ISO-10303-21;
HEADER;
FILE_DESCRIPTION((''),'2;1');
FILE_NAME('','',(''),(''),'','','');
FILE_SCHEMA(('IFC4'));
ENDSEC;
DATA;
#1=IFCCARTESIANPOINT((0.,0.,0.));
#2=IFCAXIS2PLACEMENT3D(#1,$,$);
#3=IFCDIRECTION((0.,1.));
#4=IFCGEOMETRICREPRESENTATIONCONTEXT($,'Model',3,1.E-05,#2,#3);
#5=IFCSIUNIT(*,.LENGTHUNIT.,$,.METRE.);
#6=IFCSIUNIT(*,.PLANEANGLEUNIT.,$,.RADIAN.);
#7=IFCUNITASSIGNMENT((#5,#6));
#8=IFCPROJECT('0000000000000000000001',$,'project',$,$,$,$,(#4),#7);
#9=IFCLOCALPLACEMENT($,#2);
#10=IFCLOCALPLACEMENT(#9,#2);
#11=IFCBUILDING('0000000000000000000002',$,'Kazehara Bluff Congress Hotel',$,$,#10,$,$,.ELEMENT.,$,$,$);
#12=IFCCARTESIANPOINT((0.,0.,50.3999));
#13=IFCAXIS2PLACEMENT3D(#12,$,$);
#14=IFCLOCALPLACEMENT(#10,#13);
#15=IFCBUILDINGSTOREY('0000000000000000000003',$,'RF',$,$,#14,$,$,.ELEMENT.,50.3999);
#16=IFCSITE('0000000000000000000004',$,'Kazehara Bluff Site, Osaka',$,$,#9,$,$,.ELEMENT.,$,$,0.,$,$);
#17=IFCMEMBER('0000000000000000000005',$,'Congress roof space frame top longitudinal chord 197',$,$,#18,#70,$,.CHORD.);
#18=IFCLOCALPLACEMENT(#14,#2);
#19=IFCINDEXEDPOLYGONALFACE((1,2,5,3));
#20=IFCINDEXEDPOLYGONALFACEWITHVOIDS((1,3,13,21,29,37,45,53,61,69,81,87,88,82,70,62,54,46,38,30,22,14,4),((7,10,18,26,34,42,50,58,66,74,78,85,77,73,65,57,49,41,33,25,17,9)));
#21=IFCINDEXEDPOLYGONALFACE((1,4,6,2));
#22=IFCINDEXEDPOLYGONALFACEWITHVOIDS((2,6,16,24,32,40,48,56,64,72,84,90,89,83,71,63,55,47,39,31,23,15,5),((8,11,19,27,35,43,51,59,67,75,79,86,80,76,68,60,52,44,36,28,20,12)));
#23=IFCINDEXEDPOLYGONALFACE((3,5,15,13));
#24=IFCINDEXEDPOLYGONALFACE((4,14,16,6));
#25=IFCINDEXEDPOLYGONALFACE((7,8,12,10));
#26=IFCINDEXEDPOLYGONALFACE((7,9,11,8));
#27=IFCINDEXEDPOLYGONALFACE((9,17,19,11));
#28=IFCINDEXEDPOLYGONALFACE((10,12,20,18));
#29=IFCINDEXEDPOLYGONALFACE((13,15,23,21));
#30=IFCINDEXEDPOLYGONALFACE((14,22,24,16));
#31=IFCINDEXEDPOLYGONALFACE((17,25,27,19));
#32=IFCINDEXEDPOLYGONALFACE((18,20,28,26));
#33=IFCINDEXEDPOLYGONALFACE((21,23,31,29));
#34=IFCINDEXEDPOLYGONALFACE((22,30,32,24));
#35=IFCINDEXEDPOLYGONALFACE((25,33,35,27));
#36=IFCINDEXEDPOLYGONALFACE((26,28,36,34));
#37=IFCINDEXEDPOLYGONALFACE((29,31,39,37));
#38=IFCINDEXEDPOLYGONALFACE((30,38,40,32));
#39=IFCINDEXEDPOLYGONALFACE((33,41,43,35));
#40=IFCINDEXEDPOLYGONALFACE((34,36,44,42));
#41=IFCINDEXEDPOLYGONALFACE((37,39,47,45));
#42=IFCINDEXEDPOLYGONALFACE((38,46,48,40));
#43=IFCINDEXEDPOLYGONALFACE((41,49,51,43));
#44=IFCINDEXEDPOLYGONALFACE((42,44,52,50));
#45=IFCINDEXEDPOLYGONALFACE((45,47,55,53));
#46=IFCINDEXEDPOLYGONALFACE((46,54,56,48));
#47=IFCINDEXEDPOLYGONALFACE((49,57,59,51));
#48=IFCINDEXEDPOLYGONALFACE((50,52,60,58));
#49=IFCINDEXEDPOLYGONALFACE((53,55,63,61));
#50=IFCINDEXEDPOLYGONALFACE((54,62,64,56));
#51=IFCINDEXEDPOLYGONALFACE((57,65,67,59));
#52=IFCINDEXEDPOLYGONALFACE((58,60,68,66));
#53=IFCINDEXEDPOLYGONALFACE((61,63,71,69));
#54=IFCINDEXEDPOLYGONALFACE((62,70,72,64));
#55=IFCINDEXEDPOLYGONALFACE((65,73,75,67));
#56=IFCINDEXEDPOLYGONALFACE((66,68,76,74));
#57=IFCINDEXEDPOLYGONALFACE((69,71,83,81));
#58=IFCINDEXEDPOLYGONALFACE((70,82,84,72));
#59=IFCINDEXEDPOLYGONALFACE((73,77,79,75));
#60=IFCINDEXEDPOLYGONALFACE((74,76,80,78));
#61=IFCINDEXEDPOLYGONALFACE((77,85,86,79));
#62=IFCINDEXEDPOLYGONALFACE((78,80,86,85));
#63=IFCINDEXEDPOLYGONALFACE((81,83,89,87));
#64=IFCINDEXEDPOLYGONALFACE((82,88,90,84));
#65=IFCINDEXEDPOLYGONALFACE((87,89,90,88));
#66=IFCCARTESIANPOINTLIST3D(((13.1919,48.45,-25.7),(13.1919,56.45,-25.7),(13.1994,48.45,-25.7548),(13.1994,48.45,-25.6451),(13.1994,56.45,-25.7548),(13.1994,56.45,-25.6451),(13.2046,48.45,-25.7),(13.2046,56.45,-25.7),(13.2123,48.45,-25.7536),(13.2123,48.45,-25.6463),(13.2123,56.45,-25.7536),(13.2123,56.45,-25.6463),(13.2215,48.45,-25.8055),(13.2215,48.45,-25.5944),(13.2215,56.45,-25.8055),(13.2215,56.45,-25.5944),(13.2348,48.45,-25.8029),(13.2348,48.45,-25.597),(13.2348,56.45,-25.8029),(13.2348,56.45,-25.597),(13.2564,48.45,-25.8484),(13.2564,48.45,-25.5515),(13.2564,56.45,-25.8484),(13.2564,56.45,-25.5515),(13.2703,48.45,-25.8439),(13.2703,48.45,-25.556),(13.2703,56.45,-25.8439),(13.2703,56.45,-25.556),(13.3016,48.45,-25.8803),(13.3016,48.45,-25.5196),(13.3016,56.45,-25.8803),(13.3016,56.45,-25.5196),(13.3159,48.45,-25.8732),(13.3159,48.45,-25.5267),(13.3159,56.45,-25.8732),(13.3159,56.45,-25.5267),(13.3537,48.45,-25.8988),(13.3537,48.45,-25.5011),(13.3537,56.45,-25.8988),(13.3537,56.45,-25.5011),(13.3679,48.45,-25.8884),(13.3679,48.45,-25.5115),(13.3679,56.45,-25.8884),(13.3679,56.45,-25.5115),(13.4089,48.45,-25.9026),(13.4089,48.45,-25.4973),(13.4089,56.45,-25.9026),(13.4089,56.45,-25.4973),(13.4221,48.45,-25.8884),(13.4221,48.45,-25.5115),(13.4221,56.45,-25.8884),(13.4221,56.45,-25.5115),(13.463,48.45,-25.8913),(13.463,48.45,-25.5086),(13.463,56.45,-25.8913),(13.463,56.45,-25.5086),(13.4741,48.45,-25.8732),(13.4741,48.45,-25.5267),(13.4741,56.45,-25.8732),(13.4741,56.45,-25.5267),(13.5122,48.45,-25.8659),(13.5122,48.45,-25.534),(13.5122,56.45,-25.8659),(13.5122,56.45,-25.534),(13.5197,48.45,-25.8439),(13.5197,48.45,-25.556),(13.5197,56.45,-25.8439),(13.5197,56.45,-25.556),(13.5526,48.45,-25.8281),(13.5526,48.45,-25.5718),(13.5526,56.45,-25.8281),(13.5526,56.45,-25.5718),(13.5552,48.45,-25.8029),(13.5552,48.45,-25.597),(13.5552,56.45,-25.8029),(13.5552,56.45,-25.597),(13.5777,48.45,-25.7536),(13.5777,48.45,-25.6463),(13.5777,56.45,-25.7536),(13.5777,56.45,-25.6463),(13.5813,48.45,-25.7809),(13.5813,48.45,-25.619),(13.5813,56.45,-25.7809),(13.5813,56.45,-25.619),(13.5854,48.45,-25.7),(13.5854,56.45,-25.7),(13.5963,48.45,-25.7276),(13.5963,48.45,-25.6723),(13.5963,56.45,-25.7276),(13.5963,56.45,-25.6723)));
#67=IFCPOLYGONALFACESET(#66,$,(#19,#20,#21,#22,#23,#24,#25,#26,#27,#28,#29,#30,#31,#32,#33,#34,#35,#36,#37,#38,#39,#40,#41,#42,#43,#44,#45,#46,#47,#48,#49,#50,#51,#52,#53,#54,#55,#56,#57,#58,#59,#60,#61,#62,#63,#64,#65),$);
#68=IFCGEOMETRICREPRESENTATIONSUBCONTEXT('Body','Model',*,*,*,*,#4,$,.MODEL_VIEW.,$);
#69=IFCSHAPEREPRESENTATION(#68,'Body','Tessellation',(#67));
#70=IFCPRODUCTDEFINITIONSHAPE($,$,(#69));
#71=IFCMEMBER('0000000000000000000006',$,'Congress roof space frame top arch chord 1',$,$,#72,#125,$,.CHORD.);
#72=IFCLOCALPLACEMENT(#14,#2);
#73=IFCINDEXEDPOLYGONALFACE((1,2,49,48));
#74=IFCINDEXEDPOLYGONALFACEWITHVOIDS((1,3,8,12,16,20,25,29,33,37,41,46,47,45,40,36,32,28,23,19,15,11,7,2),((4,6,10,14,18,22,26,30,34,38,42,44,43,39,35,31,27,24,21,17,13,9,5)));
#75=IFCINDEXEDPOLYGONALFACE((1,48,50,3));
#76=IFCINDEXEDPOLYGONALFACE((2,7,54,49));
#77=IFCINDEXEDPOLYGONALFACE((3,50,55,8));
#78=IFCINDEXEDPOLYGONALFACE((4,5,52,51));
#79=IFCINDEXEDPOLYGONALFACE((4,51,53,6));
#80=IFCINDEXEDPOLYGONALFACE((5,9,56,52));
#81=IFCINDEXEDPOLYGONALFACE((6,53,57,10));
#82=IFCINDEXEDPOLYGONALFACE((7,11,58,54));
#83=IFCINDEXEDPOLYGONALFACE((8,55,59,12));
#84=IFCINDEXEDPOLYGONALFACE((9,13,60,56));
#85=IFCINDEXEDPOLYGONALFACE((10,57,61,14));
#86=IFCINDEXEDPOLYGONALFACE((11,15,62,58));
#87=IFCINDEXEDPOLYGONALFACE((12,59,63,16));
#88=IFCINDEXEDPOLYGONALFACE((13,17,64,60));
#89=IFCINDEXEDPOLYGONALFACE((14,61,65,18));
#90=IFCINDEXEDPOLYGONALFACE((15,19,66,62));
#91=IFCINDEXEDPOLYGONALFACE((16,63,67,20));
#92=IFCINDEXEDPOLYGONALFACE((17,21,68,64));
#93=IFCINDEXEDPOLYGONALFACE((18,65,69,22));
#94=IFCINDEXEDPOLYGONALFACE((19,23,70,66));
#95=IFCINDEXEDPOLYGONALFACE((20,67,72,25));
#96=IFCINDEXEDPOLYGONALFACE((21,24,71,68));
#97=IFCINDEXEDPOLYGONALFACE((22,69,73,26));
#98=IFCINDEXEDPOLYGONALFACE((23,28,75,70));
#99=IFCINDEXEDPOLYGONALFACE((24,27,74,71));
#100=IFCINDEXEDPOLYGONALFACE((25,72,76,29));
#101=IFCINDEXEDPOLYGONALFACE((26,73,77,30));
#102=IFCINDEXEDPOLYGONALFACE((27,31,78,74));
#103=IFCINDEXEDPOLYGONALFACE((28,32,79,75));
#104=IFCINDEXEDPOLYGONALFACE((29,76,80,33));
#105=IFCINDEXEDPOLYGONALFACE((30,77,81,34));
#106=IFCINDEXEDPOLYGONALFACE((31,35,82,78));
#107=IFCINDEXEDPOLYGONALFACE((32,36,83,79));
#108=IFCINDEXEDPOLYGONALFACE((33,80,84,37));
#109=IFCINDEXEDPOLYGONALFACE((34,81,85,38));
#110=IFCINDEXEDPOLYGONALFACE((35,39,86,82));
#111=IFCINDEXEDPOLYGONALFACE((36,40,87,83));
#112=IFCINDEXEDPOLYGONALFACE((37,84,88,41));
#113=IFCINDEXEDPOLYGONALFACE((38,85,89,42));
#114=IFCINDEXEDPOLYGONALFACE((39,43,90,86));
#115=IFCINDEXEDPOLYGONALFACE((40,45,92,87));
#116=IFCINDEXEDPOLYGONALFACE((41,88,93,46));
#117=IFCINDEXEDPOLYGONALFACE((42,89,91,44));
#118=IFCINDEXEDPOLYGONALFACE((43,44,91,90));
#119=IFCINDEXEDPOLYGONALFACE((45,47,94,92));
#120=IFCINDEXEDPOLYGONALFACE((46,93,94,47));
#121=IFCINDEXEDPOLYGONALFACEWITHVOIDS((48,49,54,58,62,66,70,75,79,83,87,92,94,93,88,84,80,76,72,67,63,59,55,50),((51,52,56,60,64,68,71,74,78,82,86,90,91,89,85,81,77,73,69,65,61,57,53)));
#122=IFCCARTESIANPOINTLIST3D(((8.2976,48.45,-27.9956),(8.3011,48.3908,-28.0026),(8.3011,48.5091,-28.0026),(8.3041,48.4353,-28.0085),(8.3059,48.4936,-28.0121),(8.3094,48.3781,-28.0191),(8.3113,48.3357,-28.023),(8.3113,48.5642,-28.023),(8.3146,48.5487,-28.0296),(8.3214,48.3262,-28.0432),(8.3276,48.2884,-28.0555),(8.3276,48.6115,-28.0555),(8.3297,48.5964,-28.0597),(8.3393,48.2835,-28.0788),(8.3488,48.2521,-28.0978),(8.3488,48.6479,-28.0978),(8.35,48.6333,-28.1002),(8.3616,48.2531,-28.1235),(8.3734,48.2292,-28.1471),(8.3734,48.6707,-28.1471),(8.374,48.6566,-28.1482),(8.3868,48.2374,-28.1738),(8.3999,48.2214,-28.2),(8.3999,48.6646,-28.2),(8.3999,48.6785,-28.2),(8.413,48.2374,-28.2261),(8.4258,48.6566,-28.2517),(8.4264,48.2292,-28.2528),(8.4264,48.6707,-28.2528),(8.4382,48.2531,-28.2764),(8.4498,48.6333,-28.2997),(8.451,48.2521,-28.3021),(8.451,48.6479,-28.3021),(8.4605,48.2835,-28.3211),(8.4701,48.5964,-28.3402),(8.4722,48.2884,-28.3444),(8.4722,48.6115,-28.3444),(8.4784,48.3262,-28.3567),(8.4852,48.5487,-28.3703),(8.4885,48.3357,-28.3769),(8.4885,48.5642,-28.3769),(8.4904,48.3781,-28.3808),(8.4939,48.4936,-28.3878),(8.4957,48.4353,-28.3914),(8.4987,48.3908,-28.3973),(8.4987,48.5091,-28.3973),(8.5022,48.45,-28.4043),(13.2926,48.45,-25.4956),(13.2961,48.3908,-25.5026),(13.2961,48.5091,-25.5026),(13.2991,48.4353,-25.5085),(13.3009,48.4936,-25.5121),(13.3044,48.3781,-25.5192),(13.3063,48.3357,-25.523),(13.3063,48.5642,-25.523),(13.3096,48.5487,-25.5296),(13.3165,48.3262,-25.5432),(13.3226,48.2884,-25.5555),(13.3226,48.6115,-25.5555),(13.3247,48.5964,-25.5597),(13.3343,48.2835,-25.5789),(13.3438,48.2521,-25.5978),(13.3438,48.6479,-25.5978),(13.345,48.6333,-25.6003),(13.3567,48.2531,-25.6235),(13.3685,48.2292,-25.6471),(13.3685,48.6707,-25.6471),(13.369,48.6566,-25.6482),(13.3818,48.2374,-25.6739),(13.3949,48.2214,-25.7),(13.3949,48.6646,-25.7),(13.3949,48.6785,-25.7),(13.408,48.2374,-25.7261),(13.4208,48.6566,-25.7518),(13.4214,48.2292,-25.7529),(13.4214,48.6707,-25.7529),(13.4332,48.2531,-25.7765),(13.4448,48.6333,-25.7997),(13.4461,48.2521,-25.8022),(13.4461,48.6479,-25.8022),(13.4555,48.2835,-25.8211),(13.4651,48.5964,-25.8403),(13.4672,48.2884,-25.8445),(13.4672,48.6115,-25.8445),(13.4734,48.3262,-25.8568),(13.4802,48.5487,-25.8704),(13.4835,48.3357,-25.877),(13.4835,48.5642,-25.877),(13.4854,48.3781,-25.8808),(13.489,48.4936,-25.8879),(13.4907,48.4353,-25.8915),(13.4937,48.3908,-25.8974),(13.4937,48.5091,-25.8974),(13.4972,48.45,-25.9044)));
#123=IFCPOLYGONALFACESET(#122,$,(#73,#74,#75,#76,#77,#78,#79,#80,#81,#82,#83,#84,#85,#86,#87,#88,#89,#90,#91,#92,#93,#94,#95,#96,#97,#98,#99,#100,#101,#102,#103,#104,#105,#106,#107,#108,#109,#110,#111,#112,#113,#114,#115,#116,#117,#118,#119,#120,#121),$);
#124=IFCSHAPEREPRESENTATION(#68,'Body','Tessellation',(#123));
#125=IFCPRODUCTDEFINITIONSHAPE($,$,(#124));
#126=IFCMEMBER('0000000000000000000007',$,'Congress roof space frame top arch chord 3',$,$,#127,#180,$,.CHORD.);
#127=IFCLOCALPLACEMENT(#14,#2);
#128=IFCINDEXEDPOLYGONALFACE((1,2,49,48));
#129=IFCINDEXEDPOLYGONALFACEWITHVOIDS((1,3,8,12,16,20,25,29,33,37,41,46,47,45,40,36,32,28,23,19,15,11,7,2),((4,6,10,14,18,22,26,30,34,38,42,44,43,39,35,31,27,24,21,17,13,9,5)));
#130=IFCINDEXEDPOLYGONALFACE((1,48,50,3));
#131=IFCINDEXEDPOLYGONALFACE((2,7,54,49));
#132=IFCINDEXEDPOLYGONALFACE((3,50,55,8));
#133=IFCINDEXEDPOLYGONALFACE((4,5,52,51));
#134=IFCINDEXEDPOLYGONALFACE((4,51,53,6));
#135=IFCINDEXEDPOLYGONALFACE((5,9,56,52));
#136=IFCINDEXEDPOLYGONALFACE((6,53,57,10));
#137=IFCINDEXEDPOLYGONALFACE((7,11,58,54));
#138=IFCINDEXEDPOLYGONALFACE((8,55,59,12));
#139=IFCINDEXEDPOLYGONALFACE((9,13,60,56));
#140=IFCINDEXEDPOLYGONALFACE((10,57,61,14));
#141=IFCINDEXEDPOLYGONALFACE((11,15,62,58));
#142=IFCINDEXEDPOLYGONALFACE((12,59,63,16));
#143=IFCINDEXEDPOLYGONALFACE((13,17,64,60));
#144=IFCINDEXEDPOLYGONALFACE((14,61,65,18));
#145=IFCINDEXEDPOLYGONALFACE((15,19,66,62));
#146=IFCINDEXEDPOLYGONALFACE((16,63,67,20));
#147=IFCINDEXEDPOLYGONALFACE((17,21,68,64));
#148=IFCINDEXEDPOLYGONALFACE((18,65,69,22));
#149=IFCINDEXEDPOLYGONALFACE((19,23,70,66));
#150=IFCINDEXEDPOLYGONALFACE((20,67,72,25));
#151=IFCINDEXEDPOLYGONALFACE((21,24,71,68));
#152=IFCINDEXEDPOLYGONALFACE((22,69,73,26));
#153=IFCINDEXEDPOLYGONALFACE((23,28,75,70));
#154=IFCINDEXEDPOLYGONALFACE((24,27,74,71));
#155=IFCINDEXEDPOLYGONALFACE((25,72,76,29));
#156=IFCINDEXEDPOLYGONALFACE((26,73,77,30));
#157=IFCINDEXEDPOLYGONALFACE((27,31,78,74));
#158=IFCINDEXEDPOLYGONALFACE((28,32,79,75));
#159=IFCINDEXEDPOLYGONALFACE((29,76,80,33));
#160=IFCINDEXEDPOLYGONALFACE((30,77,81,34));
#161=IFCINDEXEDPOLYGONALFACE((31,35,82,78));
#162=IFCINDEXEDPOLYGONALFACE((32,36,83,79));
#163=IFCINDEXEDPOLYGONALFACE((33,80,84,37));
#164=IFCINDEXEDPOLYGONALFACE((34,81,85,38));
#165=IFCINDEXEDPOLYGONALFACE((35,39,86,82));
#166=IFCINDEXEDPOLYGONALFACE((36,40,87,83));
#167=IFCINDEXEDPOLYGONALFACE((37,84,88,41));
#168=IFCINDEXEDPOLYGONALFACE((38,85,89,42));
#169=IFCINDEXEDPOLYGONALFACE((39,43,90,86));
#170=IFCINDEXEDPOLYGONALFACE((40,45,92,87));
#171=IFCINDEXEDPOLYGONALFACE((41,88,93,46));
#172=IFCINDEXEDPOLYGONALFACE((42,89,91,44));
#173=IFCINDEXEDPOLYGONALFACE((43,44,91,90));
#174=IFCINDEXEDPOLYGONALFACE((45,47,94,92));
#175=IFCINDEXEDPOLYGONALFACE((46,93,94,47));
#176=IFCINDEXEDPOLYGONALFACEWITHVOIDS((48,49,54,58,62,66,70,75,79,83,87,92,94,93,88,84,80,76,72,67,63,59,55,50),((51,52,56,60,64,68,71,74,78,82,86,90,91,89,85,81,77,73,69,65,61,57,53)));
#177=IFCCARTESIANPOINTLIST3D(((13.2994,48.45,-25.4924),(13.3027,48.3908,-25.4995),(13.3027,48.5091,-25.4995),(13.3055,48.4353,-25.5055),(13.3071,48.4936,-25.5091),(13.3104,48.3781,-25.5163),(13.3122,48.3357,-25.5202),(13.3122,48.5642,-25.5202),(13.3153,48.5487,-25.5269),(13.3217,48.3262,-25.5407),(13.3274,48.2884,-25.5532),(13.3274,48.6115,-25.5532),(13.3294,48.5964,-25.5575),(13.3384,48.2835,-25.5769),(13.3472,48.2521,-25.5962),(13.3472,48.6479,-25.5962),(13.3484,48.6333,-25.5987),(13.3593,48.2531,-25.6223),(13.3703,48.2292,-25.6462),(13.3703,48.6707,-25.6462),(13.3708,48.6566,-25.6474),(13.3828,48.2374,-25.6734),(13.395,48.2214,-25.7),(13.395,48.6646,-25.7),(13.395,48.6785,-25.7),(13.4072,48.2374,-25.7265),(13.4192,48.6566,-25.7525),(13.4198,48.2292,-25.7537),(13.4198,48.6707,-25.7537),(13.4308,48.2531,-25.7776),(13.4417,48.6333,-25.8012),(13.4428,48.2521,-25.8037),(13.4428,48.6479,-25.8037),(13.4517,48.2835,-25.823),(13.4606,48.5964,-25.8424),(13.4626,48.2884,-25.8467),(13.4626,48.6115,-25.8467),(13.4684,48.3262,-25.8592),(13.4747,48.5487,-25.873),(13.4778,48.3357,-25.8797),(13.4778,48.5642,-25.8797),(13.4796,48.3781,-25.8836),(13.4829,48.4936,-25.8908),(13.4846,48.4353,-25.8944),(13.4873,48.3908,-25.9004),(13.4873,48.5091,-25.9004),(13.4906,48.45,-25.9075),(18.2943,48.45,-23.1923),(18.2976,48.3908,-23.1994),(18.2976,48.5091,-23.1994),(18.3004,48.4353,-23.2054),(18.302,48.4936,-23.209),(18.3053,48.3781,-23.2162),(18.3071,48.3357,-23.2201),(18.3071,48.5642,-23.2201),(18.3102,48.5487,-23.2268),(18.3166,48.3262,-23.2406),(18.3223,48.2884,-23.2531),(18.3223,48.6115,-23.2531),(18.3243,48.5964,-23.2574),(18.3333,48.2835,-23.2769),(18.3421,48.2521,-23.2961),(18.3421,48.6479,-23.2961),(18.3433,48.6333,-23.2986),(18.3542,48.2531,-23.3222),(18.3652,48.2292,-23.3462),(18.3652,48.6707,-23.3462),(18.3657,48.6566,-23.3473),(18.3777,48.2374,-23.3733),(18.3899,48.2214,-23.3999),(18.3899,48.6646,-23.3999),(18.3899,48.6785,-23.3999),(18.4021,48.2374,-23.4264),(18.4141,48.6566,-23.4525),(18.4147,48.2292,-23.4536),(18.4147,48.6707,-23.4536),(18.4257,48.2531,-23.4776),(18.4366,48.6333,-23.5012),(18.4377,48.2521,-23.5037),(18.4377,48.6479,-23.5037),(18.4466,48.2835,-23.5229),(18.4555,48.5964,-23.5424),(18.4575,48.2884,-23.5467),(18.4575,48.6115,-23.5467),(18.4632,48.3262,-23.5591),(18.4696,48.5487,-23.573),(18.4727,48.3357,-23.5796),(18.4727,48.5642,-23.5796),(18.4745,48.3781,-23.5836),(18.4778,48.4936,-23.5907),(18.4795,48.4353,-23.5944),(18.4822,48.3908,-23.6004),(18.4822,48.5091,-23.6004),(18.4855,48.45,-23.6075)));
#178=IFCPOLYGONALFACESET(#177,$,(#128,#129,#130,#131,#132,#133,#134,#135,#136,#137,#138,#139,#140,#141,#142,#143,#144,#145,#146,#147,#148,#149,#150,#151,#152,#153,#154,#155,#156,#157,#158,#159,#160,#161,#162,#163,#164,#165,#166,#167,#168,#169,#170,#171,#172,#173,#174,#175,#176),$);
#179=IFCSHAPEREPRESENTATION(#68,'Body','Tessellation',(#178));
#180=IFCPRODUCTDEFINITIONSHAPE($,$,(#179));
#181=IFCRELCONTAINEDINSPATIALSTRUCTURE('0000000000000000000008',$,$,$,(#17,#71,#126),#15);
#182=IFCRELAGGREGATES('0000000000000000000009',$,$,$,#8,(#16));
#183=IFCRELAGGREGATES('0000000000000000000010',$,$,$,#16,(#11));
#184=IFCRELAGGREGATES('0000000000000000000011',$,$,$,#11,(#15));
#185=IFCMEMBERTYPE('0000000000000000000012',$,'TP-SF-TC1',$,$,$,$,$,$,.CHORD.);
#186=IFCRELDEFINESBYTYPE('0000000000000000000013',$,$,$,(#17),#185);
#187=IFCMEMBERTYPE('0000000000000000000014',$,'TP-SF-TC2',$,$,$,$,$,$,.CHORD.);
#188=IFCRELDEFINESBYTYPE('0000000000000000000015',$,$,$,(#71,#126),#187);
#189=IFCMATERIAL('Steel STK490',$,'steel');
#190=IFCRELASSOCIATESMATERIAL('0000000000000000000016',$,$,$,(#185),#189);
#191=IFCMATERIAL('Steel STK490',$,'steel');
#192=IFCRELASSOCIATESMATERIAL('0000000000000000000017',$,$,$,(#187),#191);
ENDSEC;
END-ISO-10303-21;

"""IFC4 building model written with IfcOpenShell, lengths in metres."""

from ifc_helpers import new_model, si_unit, direction, frame, origin, origin_2d, place, context, subcontext, project, spatial, hollow_circle, extrude, material, material_profile, profile_set, type_object, element, save


model = new_model("IFC4")

# Units and contexts
model_context = context("Model", 3, precision=1e-05, world=origin(), true_north=direction((0.0, 1.0)))
body_context = subcontext(model_context, "Body", "Model", "MODEL_VIEW")
ifc_project = project(units=[si_unit("LENGTHUNIT", "METRE"), si_unit("PLANEANGLEUNIT", "RADIAN")], contexts=[model_context])

# Site, building, storey
site_placement = place(None, origin())
site = spatial("IfcSite", under=ifc_project, at=site_placement, Name="Kazehara Bluff Site, Osaka", CompositionType="ELEMENT", RefElevation=0.0)
building_placement = place(site_placement, origin())
building = spatial("IfcBuilding", under=site, at=building_placement, Name="Kazehara Bluff Congress Hotel", CompositionType="ELEMENT")
storey_placement = place(building_placement, frame((0.0, 0.0, 50.3999)))
storey = spatial("IfcBuildingStorey", under=building, at=storey_placement, Name="RF", CompositionType="ELEMENT", Elevation=50.3999)

# Members
ifc_material_1 = material(Name="Steel STK490", Category="steel")
ifc_material_profile_1 = material_profile(ifc_material_1, hollow_circle(Radius=0.2031, WallThickness=0.0127, at=origin_2d()))
ifc_profile_set_1 = profile_set([ifc_material_profile_1], Name="Steel STK490")
member_type_1 = type_object("IfcMemberType", Name="TP-SF-TC1", PredefinedType="CHORD", material=ifc_profile_set_1)
member_1_placement = place(storey_placement, frame((13.395, 48.45, -25.7), z_axis=(0.0, 1.0, 0.0), x_axis=(-1.0, 0.0, 0.0)))
element("IfcMember", 1, at=member_1_placement, inside=storey, type_object=member_type_1, Name="Congress roof space frame top longitudinal chord 197", PredefinedType="CHORD", context=body_context, shape_type="SweptSolid", body=[
    extrude(hollow_circle(Radius=0.2031, WallThickness=0.0127, at=origin_2d()), origin(), (0.0, 0.0, 1.0), 8.0),
])
ifc_material_2 = material(Name="Steel STK490", Category="steel")
ifc_material_profile_2 = material_profile(ifc_material_2, hollow_circle(Radius=0.2285, WallThickness=0.0139, at=origin_2d()))
ifc_profile_set_2 = profile_set([ifc_material_profile_2], Name="Steel STK490")
member_type_2 = type_object("IfcMemberType", Name="TP-SF-TC2", PredefinedType="CHORD", material=ifc_profile_set_2)
member_2_placement = place(storey_placement, frame((8.3999, 48.45, -28.2), z_axis=(0.894252, 0.0, 0.447563), x_axis=(0.0, 1.0, 0.0)))
element("IfcMember", 2, at=member_2_placement, inside=storey, type_object=member_type_2, Name="Congress roof space frame top arch chord 1", PredefinedType="CHORD", context=body_context, shape_type="SweptSolid", body=[
    extrude(hollow_circle(Radius=0.2285, WallThickness=0.0139, at=origin_2d()), origin(), (0.0, 0.0, 1.0), 5.5857),
])
member_3_placement = place(storey_placement, frame((13.395, 48.45, -25.7), z_axis=(0.908324, 0.0, 0.418267), x_axis=(0.0, 1.0, 0.0)))
element("IfcMember", 3, at=member_3_placement, inside=storey, type_object=member_type_2, Name="Congress roof space frame top arch chord 3", PredefinedType="CHORD", context=body_context, shape_type="SweptSolid", body=[
    extrude(hollow_circle(Radius=0.2285, WallThickness=0.0139, at=origin_2d()), origin(), (0.0, 0.0, 1.0), 5.499),
])

save(model, "model.ifc")
